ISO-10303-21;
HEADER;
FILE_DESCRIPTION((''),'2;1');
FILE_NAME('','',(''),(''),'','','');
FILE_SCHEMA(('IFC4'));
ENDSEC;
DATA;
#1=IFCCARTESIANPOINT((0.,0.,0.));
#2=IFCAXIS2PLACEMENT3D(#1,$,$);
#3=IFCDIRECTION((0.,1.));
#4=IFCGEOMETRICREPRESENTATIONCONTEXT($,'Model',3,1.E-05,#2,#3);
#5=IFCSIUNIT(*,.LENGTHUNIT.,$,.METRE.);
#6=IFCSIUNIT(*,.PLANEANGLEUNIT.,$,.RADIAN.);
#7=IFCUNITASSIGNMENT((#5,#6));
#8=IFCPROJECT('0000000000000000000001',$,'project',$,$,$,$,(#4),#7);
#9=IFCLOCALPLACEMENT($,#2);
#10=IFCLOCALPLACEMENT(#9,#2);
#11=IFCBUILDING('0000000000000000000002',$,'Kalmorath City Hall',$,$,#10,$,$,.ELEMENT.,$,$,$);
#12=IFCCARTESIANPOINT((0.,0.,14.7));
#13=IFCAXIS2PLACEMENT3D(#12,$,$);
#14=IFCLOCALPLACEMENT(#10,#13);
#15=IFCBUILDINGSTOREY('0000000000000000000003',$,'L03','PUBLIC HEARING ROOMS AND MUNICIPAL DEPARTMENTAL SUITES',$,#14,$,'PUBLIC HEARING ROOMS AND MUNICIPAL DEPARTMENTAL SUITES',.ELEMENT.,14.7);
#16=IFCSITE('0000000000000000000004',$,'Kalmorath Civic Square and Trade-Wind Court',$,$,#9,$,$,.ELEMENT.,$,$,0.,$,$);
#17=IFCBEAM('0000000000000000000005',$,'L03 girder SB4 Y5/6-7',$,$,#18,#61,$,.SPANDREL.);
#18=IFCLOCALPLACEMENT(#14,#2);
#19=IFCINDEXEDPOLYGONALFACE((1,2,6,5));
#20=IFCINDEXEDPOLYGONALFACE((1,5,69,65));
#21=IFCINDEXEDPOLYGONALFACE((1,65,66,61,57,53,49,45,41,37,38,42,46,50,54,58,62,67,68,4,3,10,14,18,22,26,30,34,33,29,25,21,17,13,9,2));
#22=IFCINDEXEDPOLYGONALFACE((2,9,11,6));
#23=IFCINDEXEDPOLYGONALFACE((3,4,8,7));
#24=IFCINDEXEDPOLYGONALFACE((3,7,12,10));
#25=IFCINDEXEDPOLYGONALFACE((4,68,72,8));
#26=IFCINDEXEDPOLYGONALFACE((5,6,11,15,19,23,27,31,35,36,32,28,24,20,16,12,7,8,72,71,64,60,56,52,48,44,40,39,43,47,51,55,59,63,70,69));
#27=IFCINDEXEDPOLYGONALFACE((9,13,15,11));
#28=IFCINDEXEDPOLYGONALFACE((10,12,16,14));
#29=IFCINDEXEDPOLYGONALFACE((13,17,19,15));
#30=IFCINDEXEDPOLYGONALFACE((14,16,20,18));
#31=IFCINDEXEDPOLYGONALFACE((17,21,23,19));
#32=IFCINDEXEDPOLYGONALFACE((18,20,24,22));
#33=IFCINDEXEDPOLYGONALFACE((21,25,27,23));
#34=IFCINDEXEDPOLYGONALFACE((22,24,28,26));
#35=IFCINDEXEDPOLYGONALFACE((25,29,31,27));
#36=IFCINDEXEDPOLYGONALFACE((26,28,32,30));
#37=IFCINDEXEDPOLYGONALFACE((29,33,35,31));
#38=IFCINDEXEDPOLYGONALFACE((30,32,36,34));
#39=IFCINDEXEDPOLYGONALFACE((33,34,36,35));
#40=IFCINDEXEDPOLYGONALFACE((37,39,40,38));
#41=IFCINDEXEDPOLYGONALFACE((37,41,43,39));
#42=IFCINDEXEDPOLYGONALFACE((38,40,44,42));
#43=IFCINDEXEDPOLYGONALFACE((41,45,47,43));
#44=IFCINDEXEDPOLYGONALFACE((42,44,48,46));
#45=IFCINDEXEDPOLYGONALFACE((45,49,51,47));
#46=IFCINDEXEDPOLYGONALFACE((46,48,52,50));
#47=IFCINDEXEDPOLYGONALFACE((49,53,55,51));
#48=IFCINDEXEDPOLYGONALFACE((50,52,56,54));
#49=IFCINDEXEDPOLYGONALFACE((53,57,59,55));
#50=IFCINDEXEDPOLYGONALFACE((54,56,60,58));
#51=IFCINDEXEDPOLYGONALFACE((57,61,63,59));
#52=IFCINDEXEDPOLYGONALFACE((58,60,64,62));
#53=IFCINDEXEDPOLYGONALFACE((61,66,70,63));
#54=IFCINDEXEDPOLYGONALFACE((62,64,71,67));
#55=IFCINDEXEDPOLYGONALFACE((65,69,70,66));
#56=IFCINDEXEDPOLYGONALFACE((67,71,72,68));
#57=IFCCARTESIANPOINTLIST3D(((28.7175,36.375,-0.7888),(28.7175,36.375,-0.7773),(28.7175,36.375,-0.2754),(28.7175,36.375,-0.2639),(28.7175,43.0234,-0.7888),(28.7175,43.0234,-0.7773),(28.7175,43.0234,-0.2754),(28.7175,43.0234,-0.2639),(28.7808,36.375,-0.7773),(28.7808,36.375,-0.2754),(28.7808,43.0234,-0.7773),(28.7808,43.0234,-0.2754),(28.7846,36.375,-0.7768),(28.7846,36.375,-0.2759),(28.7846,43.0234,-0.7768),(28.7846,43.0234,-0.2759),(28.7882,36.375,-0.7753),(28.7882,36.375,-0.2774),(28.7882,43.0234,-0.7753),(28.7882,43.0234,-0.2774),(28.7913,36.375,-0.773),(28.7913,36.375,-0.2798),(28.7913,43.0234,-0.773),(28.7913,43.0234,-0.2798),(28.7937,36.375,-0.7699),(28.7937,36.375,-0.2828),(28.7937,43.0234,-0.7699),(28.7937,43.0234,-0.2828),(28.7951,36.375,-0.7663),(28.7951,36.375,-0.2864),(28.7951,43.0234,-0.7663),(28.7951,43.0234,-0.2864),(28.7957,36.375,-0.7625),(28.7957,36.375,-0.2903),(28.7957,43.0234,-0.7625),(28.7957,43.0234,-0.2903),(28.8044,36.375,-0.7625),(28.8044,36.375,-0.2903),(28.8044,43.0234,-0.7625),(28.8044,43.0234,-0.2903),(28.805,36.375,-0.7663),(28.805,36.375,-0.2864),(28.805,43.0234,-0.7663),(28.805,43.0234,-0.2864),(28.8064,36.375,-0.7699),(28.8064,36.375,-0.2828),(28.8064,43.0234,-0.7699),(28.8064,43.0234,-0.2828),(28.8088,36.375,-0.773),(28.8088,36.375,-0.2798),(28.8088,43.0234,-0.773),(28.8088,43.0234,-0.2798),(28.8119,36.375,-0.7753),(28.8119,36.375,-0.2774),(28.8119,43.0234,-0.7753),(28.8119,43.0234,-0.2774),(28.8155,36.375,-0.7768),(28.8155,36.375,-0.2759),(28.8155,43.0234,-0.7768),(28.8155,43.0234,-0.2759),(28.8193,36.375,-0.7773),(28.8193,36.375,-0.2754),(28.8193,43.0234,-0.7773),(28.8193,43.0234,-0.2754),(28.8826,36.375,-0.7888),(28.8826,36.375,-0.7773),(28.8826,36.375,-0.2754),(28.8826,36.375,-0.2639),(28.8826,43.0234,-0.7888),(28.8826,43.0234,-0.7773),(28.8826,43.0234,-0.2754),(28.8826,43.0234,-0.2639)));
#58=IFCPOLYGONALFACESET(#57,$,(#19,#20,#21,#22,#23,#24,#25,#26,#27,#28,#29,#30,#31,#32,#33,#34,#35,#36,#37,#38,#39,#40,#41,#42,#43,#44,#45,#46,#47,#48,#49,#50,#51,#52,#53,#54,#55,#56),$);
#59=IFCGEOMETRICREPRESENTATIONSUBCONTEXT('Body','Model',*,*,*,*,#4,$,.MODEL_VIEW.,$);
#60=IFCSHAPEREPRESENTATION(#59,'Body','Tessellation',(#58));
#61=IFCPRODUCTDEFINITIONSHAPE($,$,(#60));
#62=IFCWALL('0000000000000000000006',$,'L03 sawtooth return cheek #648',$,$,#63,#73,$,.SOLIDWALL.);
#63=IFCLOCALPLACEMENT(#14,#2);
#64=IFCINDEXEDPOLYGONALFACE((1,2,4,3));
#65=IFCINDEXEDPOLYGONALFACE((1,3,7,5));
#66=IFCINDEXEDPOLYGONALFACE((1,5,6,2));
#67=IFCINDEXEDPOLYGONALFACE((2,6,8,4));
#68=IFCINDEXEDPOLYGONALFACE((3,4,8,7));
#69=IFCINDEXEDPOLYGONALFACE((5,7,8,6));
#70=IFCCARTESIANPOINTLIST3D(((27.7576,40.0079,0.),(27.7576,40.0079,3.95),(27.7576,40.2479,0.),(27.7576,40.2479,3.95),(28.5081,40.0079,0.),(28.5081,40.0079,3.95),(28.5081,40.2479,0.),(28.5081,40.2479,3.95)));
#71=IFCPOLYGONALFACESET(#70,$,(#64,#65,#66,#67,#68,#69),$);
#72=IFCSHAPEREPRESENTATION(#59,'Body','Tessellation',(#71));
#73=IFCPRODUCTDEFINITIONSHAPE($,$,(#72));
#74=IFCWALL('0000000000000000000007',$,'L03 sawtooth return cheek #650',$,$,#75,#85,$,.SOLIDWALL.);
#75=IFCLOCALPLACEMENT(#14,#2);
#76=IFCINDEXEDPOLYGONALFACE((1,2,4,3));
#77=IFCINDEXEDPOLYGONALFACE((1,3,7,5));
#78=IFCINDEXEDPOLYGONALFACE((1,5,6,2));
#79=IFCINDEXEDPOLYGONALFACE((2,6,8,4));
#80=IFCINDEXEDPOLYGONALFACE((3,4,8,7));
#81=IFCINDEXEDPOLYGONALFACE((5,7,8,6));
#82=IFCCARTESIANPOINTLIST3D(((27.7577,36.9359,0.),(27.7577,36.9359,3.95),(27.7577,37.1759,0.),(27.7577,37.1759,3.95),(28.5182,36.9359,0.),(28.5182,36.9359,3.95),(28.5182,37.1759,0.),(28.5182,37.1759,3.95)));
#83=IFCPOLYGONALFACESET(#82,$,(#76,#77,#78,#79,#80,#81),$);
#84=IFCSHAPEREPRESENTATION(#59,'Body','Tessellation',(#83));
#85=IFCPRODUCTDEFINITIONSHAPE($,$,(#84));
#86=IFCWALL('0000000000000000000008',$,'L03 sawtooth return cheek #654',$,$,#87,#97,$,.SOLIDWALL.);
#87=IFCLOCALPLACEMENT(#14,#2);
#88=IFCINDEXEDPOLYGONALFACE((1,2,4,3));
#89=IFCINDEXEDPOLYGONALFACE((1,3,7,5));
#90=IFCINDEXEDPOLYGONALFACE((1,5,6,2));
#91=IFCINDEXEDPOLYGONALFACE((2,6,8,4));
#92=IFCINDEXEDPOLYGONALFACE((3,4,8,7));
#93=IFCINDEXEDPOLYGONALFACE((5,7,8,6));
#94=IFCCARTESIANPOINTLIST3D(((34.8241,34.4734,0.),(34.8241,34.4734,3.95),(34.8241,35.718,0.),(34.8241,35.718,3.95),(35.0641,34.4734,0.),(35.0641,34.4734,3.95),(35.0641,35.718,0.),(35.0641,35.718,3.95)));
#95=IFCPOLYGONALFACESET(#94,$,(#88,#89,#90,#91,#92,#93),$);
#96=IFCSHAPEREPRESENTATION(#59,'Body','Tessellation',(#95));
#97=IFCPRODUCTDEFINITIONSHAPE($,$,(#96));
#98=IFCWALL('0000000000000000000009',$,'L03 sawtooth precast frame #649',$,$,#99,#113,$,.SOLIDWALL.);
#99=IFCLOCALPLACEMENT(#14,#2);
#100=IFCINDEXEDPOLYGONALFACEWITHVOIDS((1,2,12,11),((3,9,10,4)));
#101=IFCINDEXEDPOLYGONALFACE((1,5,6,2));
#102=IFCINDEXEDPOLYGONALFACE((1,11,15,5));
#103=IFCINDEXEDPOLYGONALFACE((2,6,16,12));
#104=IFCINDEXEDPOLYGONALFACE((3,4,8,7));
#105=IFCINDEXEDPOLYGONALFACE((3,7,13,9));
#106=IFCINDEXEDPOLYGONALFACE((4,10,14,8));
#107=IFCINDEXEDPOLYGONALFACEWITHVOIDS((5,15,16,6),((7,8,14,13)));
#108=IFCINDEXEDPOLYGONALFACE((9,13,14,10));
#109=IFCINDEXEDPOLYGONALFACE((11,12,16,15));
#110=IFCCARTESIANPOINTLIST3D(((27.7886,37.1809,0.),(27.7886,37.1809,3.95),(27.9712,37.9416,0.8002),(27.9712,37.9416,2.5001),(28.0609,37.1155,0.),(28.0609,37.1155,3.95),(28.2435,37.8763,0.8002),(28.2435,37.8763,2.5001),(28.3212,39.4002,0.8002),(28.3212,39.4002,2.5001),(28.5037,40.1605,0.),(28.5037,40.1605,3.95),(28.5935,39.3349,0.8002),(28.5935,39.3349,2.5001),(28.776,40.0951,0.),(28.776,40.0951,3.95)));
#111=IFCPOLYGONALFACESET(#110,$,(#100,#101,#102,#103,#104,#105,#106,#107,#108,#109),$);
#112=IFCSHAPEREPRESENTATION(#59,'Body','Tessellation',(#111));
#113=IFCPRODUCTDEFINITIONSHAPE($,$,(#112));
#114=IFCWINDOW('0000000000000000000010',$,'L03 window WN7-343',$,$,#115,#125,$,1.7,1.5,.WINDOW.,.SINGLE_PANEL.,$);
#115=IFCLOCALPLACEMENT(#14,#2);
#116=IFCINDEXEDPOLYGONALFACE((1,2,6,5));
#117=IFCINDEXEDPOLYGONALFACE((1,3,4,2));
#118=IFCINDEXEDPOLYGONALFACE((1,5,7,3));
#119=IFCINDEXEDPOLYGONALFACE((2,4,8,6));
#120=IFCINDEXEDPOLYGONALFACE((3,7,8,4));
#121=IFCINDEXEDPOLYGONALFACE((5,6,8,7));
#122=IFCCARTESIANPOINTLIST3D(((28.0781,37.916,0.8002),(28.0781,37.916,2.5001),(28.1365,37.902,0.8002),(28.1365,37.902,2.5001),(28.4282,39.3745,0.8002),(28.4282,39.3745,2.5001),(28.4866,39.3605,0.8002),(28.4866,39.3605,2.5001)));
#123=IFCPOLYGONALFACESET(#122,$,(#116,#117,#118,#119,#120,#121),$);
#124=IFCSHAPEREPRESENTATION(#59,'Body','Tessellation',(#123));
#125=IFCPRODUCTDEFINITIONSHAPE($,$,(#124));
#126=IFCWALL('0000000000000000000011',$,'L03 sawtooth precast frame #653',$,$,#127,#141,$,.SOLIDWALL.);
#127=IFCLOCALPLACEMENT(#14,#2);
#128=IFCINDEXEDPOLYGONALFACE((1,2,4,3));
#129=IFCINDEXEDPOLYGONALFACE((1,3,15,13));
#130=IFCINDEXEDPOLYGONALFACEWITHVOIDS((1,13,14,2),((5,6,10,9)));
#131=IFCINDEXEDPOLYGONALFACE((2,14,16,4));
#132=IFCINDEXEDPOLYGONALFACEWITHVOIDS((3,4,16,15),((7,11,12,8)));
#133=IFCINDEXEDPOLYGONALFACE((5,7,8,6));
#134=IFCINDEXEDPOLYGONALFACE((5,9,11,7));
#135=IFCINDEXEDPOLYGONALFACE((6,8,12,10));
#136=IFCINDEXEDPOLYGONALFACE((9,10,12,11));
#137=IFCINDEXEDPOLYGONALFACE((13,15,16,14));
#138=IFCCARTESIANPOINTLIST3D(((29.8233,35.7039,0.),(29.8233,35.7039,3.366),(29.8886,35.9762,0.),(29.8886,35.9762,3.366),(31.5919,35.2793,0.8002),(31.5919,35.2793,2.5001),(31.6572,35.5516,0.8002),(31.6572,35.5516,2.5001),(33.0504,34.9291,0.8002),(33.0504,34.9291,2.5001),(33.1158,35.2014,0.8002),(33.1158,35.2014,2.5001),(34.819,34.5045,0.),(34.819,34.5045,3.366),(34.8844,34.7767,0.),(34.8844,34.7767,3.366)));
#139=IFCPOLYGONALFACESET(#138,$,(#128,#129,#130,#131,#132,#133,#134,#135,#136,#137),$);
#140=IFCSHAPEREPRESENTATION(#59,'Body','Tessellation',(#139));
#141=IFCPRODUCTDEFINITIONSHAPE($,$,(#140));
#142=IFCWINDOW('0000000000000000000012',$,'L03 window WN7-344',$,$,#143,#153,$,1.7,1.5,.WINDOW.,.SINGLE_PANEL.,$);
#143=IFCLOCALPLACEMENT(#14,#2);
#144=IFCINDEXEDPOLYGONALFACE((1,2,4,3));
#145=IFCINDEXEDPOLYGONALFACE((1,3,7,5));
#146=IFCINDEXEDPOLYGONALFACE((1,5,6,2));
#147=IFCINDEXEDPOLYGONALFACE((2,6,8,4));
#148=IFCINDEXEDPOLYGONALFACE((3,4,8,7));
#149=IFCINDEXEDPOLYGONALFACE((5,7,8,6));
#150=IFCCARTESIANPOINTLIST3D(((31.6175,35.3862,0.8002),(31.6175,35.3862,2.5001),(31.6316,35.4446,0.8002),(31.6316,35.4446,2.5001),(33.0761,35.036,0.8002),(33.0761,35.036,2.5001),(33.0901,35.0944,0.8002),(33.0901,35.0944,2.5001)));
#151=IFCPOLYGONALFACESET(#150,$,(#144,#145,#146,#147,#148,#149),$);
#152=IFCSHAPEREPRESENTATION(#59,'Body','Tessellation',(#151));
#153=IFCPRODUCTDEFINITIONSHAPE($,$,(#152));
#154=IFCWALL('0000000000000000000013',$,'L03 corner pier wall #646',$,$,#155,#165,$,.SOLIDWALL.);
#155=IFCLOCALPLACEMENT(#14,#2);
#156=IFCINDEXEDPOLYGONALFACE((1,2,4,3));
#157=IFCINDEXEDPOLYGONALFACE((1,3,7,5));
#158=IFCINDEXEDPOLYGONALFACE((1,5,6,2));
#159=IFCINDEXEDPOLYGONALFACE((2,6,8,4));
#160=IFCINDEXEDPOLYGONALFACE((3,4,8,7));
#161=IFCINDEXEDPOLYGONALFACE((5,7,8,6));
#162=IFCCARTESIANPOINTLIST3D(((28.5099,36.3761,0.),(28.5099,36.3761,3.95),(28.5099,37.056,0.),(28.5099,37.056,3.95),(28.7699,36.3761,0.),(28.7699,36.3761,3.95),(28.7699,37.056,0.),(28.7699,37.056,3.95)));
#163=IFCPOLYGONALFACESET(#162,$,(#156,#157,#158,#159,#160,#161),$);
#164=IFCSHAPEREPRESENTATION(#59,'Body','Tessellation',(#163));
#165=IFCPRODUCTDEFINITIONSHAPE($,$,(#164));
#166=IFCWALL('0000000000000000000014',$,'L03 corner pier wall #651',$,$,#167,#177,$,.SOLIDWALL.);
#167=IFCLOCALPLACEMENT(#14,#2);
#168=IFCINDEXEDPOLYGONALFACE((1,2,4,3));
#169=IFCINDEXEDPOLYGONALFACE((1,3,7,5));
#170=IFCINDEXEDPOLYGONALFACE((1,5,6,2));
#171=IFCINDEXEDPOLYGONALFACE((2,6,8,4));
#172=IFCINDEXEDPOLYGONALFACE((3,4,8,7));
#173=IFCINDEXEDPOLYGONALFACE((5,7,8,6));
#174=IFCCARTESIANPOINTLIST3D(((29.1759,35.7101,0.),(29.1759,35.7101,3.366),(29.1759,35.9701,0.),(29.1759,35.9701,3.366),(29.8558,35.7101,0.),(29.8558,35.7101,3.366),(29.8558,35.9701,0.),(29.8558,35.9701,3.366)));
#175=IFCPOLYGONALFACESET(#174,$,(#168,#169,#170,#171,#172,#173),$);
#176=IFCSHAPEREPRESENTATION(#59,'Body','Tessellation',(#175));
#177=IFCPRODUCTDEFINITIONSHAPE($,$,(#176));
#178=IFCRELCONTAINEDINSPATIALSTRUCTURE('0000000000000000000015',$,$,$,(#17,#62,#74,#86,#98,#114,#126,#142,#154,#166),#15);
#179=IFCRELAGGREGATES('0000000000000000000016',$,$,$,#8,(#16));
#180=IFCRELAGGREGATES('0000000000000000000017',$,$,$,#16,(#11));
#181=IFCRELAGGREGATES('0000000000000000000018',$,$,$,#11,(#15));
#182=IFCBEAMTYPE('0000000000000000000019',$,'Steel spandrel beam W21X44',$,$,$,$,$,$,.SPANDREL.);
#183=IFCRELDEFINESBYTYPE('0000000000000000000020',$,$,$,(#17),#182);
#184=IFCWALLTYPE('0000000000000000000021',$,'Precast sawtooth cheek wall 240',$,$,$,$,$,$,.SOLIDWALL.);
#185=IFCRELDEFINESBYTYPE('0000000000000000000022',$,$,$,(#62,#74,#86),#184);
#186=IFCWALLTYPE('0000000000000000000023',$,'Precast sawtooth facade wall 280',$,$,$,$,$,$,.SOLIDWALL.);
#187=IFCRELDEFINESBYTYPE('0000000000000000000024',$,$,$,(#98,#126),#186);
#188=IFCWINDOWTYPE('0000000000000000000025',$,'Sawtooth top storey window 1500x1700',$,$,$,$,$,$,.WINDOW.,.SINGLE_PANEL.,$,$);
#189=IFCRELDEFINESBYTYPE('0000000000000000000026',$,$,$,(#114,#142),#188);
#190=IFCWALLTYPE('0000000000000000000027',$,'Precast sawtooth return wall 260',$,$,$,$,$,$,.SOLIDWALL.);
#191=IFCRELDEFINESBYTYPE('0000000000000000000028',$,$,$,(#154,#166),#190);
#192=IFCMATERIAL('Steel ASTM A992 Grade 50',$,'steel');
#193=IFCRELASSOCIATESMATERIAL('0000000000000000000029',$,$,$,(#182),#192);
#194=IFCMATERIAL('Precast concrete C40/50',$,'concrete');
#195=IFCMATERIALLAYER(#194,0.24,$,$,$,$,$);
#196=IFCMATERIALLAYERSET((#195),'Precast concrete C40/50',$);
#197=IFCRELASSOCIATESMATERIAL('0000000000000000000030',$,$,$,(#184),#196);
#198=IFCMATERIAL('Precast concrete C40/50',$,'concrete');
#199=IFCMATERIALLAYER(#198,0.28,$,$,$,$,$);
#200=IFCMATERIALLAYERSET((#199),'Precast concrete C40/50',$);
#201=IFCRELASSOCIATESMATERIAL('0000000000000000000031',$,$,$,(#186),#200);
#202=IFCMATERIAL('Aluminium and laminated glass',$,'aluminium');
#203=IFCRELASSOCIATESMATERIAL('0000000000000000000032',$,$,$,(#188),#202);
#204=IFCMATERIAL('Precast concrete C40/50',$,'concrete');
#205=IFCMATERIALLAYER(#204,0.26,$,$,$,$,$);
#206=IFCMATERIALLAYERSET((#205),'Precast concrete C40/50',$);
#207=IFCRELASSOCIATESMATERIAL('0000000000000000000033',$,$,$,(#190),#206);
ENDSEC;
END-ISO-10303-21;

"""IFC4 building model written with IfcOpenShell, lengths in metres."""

from ifc_helpers import new_model, si_unit, direction, frame, frame_2d, origin, origin_2d, place, context, subcontext, project, spatial, rectangle, i_section, extrude, material, layer, layer_set, material_profile, profile_set, type_object, element, fill, save


model = new_model("IFC4")

# Units and contexts
model_context = context("Model", 3, precision=1e-05, world=origin(), true_north=direction((0.0, 1.0)))
body_context = subcontext(model_context, "Body", "Model", "MODEL_VIEW")
ifc_project = project(units=[si_unit("LENGTHUNIT", "METRE"), si_unit("PLANEANGLEUNIT", "RADIAN")], contexts=[model_context])

# Site, building, storey
site_placement = place(None, origin())
site = spatial("IfcSite", under=ifc_project, at=site_placement, Name="Kalmorath Civic Square and Trade-Wind Court", CompositionType="ELEMENT", RefElevation=0.0)
building_placement = place(site_placement, origin())
building = spatial("IfcBuilding", under=site, at=building_placement, Name="Kalmorath City Hall", CompositionType="ELEMENT")
storey_placement = place(building_placement, frame((0.0, 0.0, 14.7)))
storey = spatial("IfcBuildingStorey", under=building, at=storey_placement, Name="L03", Description="PUBLIC HEARING ROOMS AND MUNICIPAL DEPARTMENTAL SUITES", LongName="PUBLIC HEARING ROOMS AND MUNICIPAL DEPARTMENTAL SUITES", CompositionType="ELEMENT", Elevation=14.7)

# Beam
ifc_material_1 = material(Name="Steel ASTM A992 Grade 50", Category="steel")
ifc_material_profile_1 = material_profile(ifc_material_1, i_section(OverallWidth=0.165, OverallDepth=0.5249, WebThickness=0.0088, FlangeThickness=0.0115, FilletRadius=0.0149, at=origin_2d()), Name="W21X44")
ifc_profile_set_1 = profile_set([ifc_material_profile_1], Name="Steel ASTM A992 Grade 50")
beam_type_1 = type_object("IfcBeamType", Name="Steel spandrel beam W21X44", PredefinedType="SPANDREL", material=ifc_profile_set_1)
beam_1_placement = place(storey_placement, frame((28.8, 36.375, -0.5264), z_axis=(0.0, 1.0, 0.0), x_axis=(-1.0, 0.0, 0.0)))
element("IfcBeam", 1, at=beam_1_placement, inside=storey, type_object=beam_type_1, Name="L03 girder SB4 Y5/6-7", PredefinedType="SPANDREL", context=body_context, shape_type="SweptSolid", body=[
    extrude(i_section(OverallWidth=0.165, OverallDepth=0.5249, WebThickness=0.0088, FlangeThickness=0.0115, FilletRadius=0.0149, at=origin_2d()), origin(), (0.0, 0.0, 1.0), 6.6484),
])

# Walls
ifc_material_2 = material(Name="Precast concrete C40/50", Category="concrete")
ifc_layer_1 = layer(ifc_material_2, 0.24)
ifc_layer_set_1 = layer_set([ifc_layer_1], Name="Precast concrete C40/50")
wall_type_1 = type_object("IfcWallType", Name="Precast sawtooth cheek wall 240", PredefinedType="SOLIDWALL", material=ifc_layer_set_1)
wall_1_placement = place(storey_placement, frame((27.7576, 40.1279, 0.0), z_axis=(0.0, 0.0, 1.0), x_axis=(1.0, 0.0, 0.0)))
element("IfcWall", 2, at=wall_1_placement, inside=storey, type_object=wall_type_1, Name="L03 sawtooth return cheek #648", PredefinedType="SOLIDWALL", context=body_context, shape_type="SweptSolid", body=[
    extrude(rectangle(XDim=0.7505, YDim=0.24, at=frame_2d((0.3752, 0.0))), origin(), (0.0, 0.0, 1.0), 3.95),
])
wall_2_placement = place(storey_placement, frame((27.7576, 37.0559, 0.0), z_axis=(0.0, 0.0, 1.0), x_axis=(1.0, 0.0, 0.0)))
element("IfcWall", 3, at=wall_2_placement, inside=storey, type_object=wall_type_1, Name="L03 sawtooth return cheek #650", PredefinedType="SOLIDWALL", context=body_context, shape_type="SweptSolid", body=[
    extrude(rectangle(XDim=0.7605, YDim=0.24, at=frame_2d((0.3804, 0.0))), origin(), (0.0, 0.0, 1.0), 3.95),
])
wall_3_placement = place(storey_placement, frame((34.9441, 34.4734, 0.0), z_axis=(0.0, 0.0, 1.0), x_axis=(0.0, 1.0, 0.0)))
element("IfcWall", 4, at=wall_3_placement, inside=storey, type_object=wall_type_1, Name="L03 sawtooth return cheek #654", PredefinedType="SOLIDWALL", context=body_context, shape_type="SweptSolid", body=[
    extrude(rectangle(XDim=1.2446, YDim=0.24, at=frame_2d((0.6223, 0.0))), origin(), (0.0, 0.0, 1.0), 3.95),
])

# Walls, openings, windows
ifc_material_3 = material(Name="Precast concrete C40/50", Category="concrete")
ifc_layer_2 = layer(ifc_material_3, 0.28)
ifc_layer_set_2 = layer_set([ifc_layer_2], Name="Precast concrete C40/50")
wall_type_2 = type_object("IfcWallType", Name="Precast sawtooth facade wall 280", PredefinedType="SOLIDWALL", material=ifc_layer_set_2)
wall_4_placement = place(storey_placement, frame((28.6399, 40.1279, 0.0), z_axis=(0.0, 0.0, 1.0), x_axis=(-0.233376, -0.972387, 0.0)))
wall_4 = element("IfcWall", 5, at=wall_4_placement, inside=storey, type_object=wall_type_2, Name="L03 sawtooth precast frame #649", PredefinedType="SOLIDWALL", context=body_context, shape_type="SweptSolid", body=[
    extrude(rectangle(XDim=3.0642, YDim=0.28, at=frame_2d((1.5322, 0.0))), origin(), (0.0, 0.0, 1.0), 3.95),
])
opening_1_placement = place(wall_4_placement, frame((0.782, 0.0, 0.8)))
opening_1 = element("IfcOpeningElement", 6, at=opening_1_placement, cuts=wall_4, PredefinedType="OPENING", context=body_context, shape_type="SweptSolid", body=[
    extrude(rectangle(XDim=1.5, YDim=1.7, at=frame_2d((0.75, 0.8501))), frame((0.0, 0.1499, 0.0), z_axis=(0.0, -1.0, 0.0), x_axis=(1.0, 0.0, 0.0)), (0.0, 0.0, 1.0), 0.3),
])
ifc_material_4 = material(Name="Aluminium and laminated glass", Category="aluminium")
window_type = type_object("IfcWindowType", Name="Sawtooth top storey window 1500x1700", PartitioningType="SINGLE_PANEL", PredefinedType="WINDOW", material=ifc_material_4)
window_1_placement = place(opening_1_placement, origin())
window_1 = element("IfcWindow", 7, at=window_1_placement, inside=storey, type_object=window_type, Name="L03 window WN7-343", OverallHeight=1.7, OverallWidth=1.5, PartitioningType="SINGLE_PANEL", PredefinedType="WINDOW", context=body_context, shape_type="SweptSolid", body=[
    extrude(rectangle(XDim=1.5, YDim=1.7, at=frame_2d((0.75, 0.8501))), frame((0.0, 0.03, 0.0), z_axis=(0.0, -1.0, 0.0), x_axis=(1.0, 0.0, 0.0)), (0.0, 0.0, 1.0), 0.0601),
])
fill(opening_1, window_1)
wall_5_placement = place(storey_placement, frame((29.856, 35.8401, 0.0), z_axis=(0.0, 0.0, 1.0), x_axis=(0.972364, -0.233468, 0.0)))
wall_5 = element("IfcWall", 8, at=wall_5_placement, inside=storey, type_object=wall_type_2, Name="L03 sawtooth precast frame #653", PredefinedType="SOLIDWALL", context=body_context, shape_type="SweptSolid", body=[
    extrude(rectangle(XDim=5.1377, YDim=0.28, at=frame_2d((2.5688, 0.0))), origin(), (0.0, 0.0, 1.0), 3.366),
])
opening_2_placement = place(wall_5_placement, frame((1.8188, 0.0, 0.8)))
opening_2 = element("IfcOpeningElement", 9, at=opening_2_placement, cuts=wall_5, PredefinedType="OPENING", context=body_context, shape_type="SweptSolid", body=[
    extrude(rectangle(XDim=1.5, YDim=1.7, at=frame_2d((0.75, 0.8501))), frame((0.0, 0.1499, 0.0), z_axis=(0.0, -1.0, 0.0), x_axis=(1.0, 0.0, 0.0)), (0.0, 0.0, 1.0), 0.3),
])
window_2_placement = place(opening_2_placement, origin())
window_2 = element("IfcWindow", 10, at=window_2_placement, inside=storey, type_object=window_type, Name="L03 window WN7-344", OverallHeight=1.7, OverallWidth=1.5, PartitioningType="SINGLE_PANEL", PredefinedType="WINDOW", context=body_context, shape_type="SweptSolid", body=[
    extrude(rectangle(XDim=1.5, YDim=1.7, at=frame_2d((0.75, 0.8501))), frame((0.0, 0.03, 0.0), z_axis=(0.0, -1.0, 0.0), x_axis=(1.0, 0.0, 0.0)), (0.0, 0.0, 1.0), 0.0601),
])
fill(opening_2, window_2)

# Walls
ifc_material_5 = material(Name="Precast concrete C40/50", Category="concrete")
ifc_layer_3 = layer(ifc_material_5, 0.26)
ifc_layer_set_3 = layer_set([ifc_layer_3], Name="Precast concrete C40/50")
wall_type_3 = type_object("IfcWallType", Name="Precast sawtooth return wall 260", PredefinedType="SOLIDWALL", material=ifc_layer_set_3)
wall_6_placement = place(storey_placement, frame((28.6399, 37.0559, 0.0), z_axis=(0.0, 0.0, 1.0), x_axis=(0.0, -1.0, 0.0)))
element("IfcWall", 11, at=wall_6_placement, inside=storey, type_object=wall_type_3, Name="L03 corner pier wall #646", PredefinedType="SOLIDWALL", context=body_context, shape_type="SweptSolid", body=[
    extrude(rectangle(XDim=0.6799, YDim=0.26, at=frame_2d((0.3398, 0.0))), origin(), (0.0, 0.0, 1.0), 3.95),
])
wall_7_placement = place(storey_placement, frame((29.176, 35.8401, 0.0), z_axis=(0.0, 0.0, 1.0), x_axis=(1.0, 0.0, 0.0)))
element("IfcWall", 12, at=wall_7_placement, inside=storey, type_object=wall_type_3, Name="L03 corner pier wall #651", PredefinedType="SOLIDWALL", context=body_context, shape_type="SweptSolid", body=[
    extrude(rectangle(XDim=0.6799, YDim=0.26, at=frame_2d((0.3398, 0.0))), origin(), (0.0, 0.0, 1.0), 3.366),
])

save(model, "model.ifc")
